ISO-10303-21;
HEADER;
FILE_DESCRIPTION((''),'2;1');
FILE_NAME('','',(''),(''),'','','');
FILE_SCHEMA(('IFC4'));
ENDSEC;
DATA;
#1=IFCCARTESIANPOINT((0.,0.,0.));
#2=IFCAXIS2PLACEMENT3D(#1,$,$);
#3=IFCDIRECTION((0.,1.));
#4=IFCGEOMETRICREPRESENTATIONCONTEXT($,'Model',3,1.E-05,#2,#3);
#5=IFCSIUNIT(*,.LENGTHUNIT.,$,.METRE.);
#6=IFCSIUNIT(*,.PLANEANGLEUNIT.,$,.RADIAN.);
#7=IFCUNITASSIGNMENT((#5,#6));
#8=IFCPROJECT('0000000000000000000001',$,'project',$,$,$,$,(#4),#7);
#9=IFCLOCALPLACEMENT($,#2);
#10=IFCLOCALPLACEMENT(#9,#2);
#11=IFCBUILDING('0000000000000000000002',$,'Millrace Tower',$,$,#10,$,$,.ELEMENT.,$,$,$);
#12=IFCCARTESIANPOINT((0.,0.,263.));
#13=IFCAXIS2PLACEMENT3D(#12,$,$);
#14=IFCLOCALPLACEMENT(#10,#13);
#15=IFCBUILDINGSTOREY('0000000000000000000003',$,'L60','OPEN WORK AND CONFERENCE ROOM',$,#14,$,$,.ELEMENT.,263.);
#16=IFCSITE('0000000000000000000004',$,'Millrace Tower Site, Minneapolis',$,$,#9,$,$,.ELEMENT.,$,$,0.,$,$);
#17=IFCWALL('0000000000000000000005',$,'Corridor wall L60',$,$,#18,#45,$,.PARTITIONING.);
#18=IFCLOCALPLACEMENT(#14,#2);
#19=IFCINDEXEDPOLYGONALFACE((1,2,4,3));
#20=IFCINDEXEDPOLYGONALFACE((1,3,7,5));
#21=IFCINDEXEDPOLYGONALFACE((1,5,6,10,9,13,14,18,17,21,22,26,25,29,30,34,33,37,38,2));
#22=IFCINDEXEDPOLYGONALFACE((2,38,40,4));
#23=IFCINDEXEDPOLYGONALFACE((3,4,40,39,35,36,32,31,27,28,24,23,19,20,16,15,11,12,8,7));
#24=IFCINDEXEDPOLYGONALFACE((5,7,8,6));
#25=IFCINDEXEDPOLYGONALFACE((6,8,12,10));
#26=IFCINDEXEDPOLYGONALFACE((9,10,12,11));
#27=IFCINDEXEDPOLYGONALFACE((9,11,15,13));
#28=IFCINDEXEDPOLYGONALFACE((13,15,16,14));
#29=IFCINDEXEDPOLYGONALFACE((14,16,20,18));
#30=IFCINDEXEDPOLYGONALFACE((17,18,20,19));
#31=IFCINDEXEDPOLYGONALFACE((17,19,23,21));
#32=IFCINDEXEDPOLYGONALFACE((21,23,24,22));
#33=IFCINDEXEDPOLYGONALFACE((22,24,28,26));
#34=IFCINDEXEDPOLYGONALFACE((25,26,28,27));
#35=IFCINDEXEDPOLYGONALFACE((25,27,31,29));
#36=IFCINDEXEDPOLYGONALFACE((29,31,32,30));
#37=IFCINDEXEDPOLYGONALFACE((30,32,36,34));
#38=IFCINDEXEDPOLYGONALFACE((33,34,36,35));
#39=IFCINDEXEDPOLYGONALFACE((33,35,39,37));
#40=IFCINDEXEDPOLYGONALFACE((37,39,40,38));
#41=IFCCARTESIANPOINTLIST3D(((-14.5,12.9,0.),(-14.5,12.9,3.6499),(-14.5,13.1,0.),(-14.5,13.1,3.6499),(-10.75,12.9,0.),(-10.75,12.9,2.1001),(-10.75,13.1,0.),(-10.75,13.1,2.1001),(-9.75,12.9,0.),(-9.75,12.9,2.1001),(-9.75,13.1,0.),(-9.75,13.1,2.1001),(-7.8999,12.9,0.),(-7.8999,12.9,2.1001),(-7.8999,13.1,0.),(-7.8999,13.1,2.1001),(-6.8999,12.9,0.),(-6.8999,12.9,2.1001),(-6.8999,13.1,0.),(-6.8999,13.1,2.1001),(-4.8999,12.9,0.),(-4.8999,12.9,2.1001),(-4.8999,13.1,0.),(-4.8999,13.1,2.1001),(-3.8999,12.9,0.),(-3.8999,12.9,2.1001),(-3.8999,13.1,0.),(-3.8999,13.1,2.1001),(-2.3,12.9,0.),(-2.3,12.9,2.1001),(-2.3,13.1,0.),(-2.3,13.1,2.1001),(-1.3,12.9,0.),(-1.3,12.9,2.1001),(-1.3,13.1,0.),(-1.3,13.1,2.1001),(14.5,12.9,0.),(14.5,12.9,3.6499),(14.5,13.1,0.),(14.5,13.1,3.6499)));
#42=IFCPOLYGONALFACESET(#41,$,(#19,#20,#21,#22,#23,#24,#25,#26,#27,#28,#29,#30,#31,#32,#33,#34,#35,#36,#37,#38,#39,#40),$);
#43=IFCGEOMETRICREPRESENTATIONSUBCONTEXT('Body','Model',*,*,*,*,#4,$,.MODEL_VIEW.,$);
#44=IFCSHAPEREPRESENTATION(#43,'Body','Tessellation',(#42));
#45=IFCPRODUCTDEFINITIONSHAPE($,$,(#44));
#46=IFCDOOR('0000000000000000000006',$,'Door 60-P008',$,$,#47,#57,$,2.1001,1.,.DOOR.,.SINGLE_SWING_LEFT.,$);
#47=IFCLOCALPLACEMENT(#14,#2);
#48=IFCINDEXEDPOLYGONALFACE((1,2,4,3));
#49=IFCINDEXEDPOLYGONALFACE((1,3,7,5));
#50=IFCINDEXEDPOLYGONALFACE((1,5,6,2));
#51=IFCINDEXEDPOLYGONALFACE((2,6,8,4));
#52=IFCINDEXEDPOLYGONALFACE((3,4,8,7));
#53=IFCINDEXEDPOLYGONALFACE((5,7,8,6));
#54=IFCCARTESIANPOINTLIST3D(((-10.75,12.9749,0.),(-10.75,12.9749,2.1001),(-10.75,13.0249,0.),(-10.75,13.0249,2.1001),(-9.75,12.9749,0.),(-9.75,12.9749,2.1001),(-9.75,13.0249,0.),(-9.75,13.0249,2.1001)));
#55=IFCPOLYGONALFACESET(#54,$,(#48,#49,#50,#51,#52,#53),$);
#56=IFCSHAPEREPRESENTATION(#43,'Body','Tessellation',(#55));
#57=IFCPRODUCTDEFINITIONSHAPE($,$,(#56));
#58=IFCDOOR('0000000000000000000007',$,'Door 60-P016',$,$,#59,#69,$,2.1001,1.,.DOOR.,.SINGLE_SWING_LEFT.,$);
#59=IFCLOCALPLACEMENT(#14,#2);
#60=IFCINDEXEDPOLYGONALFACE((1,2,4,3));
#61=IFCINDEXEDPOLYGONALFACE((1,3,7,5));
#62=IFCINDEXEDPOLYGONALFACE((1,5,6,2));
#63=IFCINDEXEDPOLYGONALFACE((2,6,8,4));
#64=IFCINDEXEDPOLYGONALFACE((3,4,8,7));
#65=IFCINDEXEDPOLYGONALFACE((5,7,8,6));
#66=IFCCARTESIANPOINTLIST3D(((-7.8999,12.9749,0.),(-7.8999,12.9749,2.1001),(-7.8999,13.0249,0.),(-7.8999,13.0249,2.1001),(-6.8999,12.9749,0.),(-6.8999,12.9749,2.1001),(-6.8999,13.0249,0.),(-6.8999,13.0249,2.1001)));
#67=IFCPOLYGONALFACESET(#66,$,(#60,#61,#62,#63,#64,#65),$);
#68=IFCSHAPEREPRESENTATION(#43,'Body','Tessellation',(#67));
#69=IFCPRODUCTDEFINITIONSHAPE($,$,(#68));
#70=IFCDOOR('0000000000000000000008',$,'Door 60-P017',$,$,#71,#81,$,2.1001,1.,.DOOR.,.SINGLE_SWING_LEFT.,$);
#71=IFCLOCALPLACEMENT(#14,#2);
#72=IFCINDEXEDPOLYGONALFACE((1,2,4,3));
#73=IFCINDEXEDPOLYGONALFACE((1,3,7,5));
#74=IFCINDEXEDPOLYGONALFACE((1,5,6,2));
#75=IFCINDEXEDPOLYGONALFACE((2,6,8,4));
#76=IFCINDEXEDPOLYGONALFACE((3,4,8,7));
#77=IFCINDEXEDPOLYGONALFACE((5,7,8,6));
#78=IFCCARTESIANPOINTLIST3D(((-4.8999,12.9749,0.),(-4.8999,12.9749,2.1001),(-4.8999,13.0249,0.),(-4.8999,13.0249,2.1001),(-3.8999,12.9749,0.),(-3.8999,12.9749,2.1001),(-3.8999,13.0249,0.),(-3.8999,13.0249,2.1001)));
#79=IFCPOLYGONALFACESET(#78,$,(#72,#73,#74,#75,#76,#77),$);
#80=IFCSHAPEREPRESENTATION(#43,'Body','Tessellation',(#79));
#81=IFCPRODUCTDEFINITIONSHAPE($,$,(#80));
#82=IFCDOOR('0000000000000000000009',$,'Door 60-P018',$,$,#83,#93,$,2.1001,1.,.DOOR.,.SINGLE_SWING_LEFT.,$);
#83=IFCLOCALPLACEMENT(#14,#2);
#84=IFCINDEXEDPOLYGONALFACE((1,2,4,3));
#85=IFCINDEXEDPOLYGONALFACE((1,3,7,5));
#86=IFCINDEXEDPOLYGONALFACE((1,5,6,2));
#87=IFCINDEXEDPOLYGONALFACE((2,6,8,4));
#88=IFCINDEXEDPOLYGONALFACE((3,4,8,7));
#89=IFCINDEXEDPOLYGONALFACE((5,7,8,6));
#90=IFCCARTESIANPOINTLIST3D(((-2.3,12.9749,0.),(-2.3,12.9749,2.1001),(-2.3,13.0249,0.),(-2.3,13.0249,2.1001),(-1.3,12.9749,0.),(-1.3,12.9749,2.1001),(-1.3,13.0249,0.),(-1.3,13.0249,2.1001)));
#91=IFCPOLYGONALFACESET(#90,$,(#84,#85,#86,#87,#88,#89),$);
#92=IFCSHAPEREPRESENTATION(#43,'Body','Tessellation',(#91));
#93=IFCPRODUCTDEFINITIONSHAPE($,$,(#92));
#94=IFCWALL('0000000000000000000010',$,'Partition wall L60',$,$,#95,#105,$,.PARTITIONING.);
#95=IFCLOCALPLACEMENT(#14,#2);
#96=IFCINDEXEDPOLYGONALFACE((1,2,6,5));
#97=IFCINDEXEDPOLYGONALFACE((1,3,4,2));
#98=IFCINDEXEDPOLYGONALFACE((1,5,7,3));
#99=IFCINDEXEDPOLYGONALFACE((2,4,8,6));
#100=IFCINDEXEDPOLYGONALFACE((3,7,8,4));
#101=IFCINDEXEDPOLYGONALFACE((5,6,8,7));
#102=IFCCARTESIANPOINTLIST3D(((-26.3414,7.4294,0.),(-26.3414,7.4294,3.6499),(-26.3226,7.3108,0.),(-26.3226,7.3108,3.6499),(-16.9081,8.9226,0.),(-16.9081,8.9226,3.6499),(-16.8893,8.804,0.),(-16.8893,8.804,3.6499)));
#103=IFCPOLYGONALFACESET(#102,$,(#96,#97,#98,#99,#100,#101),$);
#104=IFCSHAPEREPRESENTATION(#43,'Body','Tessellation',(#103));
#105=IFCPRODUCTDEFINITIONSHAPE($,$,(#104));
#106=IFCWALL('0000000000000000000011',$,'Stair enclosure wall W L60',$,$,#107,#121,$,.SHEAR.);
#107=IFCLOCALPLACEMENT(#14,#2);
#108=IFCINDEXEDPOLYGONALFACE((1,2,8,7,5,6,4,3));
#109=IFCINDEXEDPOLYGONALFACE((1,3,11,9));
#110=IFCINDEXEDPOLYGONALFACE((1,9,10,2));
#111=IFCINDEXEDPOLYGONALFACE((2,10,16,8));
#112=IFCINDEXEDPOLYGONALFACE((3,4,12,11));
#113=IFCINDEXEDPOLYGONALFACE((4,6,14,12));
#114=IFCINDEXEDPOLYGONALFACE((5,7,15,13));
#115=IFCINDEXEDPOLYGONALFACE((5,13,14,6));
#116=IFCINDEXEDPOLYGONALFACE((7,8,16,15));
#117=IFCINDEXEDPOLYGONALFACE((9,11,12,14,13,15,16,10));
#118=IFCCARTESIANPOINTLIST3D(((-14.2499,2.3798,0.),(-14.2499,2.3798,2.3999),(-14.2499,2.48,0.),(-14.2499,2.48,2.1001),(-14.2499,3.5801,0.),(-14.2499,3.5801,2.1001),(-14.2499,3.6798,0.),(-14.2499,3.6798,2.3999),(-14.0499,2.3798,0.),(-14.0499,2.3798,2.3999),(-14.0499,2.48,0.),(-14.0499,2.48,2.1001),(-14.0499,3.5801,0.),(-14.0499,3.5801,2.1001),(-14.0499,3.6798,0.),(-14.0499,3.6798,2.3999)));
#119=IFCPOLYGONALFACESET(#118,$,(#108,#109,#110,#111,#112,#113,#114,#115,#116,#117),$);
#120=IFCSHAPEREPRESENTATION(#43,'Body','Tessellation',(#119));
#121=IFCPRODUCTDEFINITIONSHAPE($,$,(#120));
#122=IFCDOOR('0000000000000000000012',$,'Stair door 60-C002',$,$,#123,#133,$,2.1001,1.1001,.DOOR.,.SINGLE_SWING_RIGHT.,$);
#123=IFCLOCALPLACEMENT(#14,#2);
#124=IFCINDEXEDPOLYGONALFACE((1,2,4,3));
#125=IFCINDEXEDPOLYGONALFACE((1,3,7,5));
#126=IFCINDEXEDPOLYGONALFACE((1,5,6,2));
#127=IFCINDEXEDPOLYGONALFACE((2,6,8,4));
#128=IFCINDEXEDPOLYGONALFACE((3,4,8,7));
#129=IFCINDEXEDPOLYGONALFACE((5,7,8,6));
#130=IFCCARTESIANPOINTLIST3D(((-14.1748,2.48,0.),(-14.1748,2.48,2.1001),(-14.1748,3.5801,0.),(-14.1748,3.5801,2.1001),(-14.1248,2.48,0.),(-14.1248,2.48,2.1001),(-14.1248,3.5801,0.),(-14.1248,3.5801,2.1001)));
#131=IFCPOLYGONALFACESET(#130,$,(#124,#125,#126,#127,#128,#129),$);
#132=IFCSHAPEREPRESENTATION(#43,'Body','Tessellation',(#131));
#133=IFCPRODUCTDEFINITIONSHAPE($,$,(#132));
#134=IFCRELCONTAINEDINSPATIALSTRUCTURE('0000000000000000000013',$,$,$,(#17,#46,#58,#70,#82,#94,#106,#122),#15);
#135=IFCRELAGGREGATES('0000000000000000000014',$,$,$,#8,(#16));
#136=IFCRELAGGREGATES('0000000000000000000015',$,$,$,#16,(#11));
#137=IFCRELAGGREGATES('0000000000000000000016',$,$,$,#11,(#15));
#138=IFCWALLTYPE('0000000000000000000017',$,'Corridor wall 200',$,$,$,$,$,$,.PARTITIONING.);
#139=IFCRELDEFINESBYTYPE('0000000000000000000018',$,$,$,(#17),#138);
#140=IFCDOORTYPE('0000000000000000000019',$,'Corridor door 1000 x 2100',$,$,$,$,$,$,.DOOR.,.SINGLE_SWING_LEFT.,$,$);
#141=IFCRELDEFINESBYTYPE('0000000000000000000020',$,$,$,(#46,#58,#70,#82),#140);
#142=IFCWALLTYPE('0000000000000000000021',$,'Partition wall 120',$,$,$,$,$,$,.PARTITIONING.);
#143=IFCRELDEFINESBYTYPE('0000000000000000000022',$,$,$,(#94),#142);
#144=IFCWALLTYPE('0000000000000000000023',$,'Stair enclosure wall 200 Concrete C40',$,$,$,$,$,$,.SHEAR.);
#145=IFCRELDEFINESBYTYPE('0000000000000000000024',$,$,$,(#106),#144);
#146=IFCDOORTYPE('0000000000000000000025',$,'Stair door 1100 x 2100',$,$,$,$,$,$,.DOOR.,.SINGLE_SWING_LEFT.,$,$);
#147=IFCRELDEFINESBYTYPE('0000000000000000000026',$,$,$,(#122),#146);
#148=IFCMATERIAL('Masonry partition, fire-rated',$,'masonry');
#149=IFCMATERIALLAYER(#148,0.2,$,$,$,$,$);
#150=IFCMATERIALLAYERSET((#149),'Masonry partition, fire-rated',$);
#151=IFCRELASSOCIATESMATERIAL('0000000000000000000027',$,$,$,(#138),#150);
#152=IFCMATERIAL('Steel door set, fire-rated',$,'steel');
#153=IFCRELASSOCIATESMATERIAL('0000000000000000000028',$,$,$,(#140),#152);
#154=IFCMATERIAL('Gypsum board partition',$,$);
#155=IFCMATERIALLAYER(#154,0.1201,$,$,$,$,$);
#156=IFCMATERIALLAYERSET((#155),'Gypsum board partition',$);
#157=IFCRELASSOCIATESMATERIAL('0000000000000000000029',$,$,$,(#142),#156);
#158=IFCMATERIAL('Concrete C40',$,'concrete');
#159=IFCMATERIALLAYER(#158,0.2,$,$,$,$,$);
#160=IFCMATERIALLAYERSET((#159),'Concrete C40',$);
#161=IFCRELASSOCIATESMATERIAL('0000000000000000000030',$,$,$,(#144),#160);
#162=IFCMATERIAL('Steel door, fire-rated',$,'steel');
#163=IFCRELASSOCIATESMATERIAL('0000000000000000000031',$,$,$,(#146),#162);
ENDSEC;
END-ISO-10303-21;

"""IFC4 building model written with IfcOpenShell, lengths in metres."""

from ifc_helpers import new_model, si_unit, direction, frame, frame_2d, origin, place, context, subcontext, project, spatial, rectangle, extrude, material, layer, layer_set, type_object, element, fill, save


model = new_model("IFC4")

# Units and contexts
model_context = context("Model", 3, precision=1e-05, world=origin(), true_north=direction((0.0, 1.0)))
body_context = subcontext(model_context, "Body", "Model", "MODEL_VIEW")
ifc_project = project(units=[si_unit("LENGTHUNIT", "METRE"), si_unit("PLANEANGLEUNIT", "RADIAN")], contexts=[model_context])

# Site, building, storey
site_placement = place(None, origin())
site = spatial("IfcSite", under=ifc_project, at=site_placement, Name="Millrace Tower Site, Minneapolis", CompositionType="ELEMENT", RefElevation=0.0)
building_placement = place(site_placement, origin())
building = spatial("IfcBuilding", under=site, at=building_placement, Name="Millrace Tower", CompositionType="ELEMENT")
storey_placement = place(building_placement, frame((0.0, 0.0, 263.0)))
storey = spatial("IfcBuildingStorey", under=building, at=storey_placement, Name="L60", Description="OPEN WORK AND CONFERENCE ROOM", CompositionType="ELEMENT", Elevation=263.0)

# Wall, openings, doors
ifc_material_1 = material(Name="Masonry partition, fire-rated", Category="masonry")
ifc_layer_1 = layer(ifc_material_1, 0.2)
ifc_layer_set_1 = layer_set([ifc_layer_1], Name="Masonry partition, fire-rated")
wall_type_1 = type_object("IfcWallType", Name="Corridor wall 200", PredefinedType="PARTITIONING", material=ifc_layer_set_1)
wall_1_placement = place(storey_placement, frame((-14.5, 13.0, 0.0), z_axis=(0.0, 0.0, 1.0), x_axis=(1.0, 0.0, 0.0)))
wall_1 = element("IfcWall", 1, at=wall_1_placement, inside=storey, type_object=wall_type_1, Name="Corridor wall L60", PredefinedType="PARTITIONING", context=body_context, shape_type="SweptSolid", body=[
    extrude(rectangle(XDim=29.0, YDim=0.2, at=frame_2d((14.5, 0.0))), origin(), (0.0, 0.0, 1.0), 3.6499),
])
opening_1_placement = place(wall_1_placement, frame((3.75, 0.0, 0.0)))
opening_1 = element("IfcOpeningElement", 2, at=opening_1_placement, cuts=wall_1, PredefinedType="OPENING", context=body_context, shape_type="SweptSolid", body=[
    extrude(rectangle(XDim=1.0, YDim=2.1001, at=frame_2d((0.5, 1.05))), frame((0.0, 0.1099, 0.0), z_axis=(0.0, -1.0, 0.0), x_axis=(1.0, 0.0, 0.0)), (0.0, 0.0, 1.0), 0.22),
])
opening_2_placement = place(wall_1_placement, frame((6.6001, 0.0, 0.0)))
opening_2 = element("IfcOpeningElement", 3, at=opening_2_placement, cuts=wall_1, PredefinedType="OPENING", context=body_context, shape_type="SweptSolid", body=[
    extrude(rectangle(XDim=1.0, YDim=2.1001, at=frame_2d((0.5, 1.05))), frame((0.0, 0.1099, 0.0), z_axis=(0.0, -1.0, 0.0), x_axis=(1.0, 0.0, 0.0)), (0.0, 0.0, 1.0), 0.22),
])
opening_3_placement = place(wall_1_placement, frame((9.6001, 0.0, 0.0)))
opening_3 = element("IfcOpeningElement", 4, at=opening_3_placement, cuts=wall_1, PredefinedType="OPENING", context=body_context, shape_type="SweptSolid", body=[
    extrude(rectangle(XDim=1.0, YDim=2.1001, at=frame_2d((0.5, 1.05))), frame((0.0, 0.1099, 0.0), z_axis=(0.0, -1.0, 0.0), x_axis=(1.0, 0.0, 0.0)), (0.0, 0.0, 1.0), 0.22),
])
opening_4_placement = place(wall_1_placement, frame((12.2, 0.0, 0.0)))
opening_4 = element("IfcOpeningElement", 5, at=opening_4_placement, cuts=wall_1, PredefinedType="OPENING", context=body_context, shape_type="SweptSolid", body=[
    extrude(rectangle(XDim=1.0, YDim=2.1001, at=frame_2d((0.5, 1.05))), frame((0.0, 0.1099, 0.0), z_axis=(0.0, -1.0, 0.0), x_axis=(1.0, 0.0, 0.0)), (0.0, 0.0, 1.0), 0.22),
])
ifc_material_2 = material(Name="Steel door set, fire-rated", Category="steel")
door_type_1 = type_object("IfcDoorType", Name="Corridor door 1000 x 2100", OperationType="SINGLE_SWING_LEFT", PredefinedType="DOOR", material=ifc_material_2)
door_1_placement = place(opening_1_placement, origin())
door_1 = element("IfcDoor", 6, at=door_1_placement, inside=storey, type_object=door_type_1, Name="Door 60-P008", OperationType="SINGLE_SWING_LEFT", OverallHeight=2.1001, OverallWidth=1.0, PredefinedType="DOOR", context=body_context, shape_type="SweptSolid", body=[
    extrude(rectangle(XDim=1.0, YDim=2.1001, at=frame_2d((0.5, 1.05))), frame((0.0, 0.0249, 0.0), z_axis=(0.0, -1.0, 0.0), x_axis=(1.0, 0.0, 0.0)), (0.0, 0.0, 1.0), 0.05),
])
fill(opening_1, door_1)
door_2_placement = place(opening_2_placement, origin())
door_2 = element("IfcDoor", 7, at=door_2_placement, inside=storey, type_object=door_type_1, Name="Door 60-P016", OperationType="SINGLE_SWING_LEFT", OverallHeight=2.1001, OverallWidth=1.0, PredefinedType="DOOR", context=body_context, shape_type="SweptSolid", body=[
    extrude(rectangle(XDim=1.0, YDim=2.1001, at=frame_2d((0.5, 1.05))), frame((0.0, 0.0249, 0.0), z_axis=(0.0, -1.0, 0.0), x_axis=(1.0, 0.0, 0.0)), (0.0, 0.0, 1.0), 0.05),
])
fill(opening_2, door_2)
door_3_placement = place(opening_3_placement, origin())
door_3 = element("IfcDoor", 8, at=door_3_placement, inside=storey, type_object=door_type_1, Name="Door 60-P017", OperationType="SINGLE_SWING_LEFT", OverallHeight=2.1001, OverallWidth=1.0, PredefinedType="DOOR", context=body_context, shape_type="SweptSolid", body=[
    extrude(rectangle(XDim=1.0, YDim=2.1001, at=frame_2d((0.5, 1.05))), frame((0.0, 0.0249, 0.0), z_axis=(0.0, -1.0, 0.0), x_axis=(1.0, 0.0, 0.0)), (0.0, 0.0, 1.0), 0.05),
])
fill(opening_3, door_3)
door_4_placement = place(opening_4_placement, origin())
door_4 = element("IfcDoor", 9, at=door_4_placement, inside=storey, type_object=door_type_1, Name="Door 60-P018", OperationType="SINGLE_SWING_LEFT", OverallHeight=2.1001, OverallWidth=1.0, PredefinedType="DOOR", context=body_context, shape_type="SweptSolid", body=[
    extrude(rectangle(XDim=1.0, YDim=2.1001, at=frame_2d((0.5, 1.05))), frame((0.0, 0.0249, 0.0), z_axis=(0.0, -1.0, 0.0), x_axis=(1.0, 0.0, 0.0)), (0.0, 0.0, 1.0), 0.05),
])
fill(opening_4, door_4)

# Wall
ifc_material_3 = material(Name="Gypsum board partition")
ifc_layer_2 = layer(ifc_material_3, 0.1201)
ifc_layer_set_2 = layer_set([ifc_layer_2], Name="Gypsum board partition")
wall_type_2 = type_object("IfcWallType", Name="Partition wall 120", PredefinedType="PARTITIONING", material=ifc_layer_set_2)
wall_2_placement = place(storey_placement, frame((-26.332, 7.3701, 0.0), z_axis=(0.0, 0.0, 1.0), x_axis=(0.987703, 0.156339, 0.0)))
element("IfcWall", 10, at=wall_2_placement, inside=storey, type_object=wall_type_2, Name="Partition wall L60", PredefinedType="PARTITIONING", context=body_context, shape_type="SweptSolid", body=[
    extrude(rectangle(XDim=9.5508, YDim=0.1201, at=frame_2d((4.7754, 0.0))), origin(), (0.0, 0.0, 1.0), 3.6499),
])

# Wall, opening, door
ifc_material_4 = material(Name="Concrete C40", Category="concrete")
ifc_layer_3 = layer(ifc_material_4, 0.2)
ifc_layer_set_3 = layer_set([ifc_layer_3], Name="Concrete C40")
wall_type_3 = type_object("IfcWallType", Name="Stair enclosure wall 200 Concrete C40", PredefinedType="SHEAR", material=ifc_layer_set_3)
wall_3_placement = place(storey_placement, frame((-14.1499, 2.3799, 0.0), z_axis=(0.0, 0.0, 1.0), x_axis=(0.0, 1.0, 0.0)))
wall_3 = element("IfcWall", 11, at=wall_3_placement, inside=storey, type_object=wall_type_3, Name="Stair enclosure wall W L60", PredefinedType="SHEAR", context=body_context, shape_type="SweptSolid", body=[
    extrude(rectangle(XDim=1.3, YDim=0.2, at=frame_2d((0.6499, 0.0))), origin(), (0.0, 0.0, 1.0), 2.3999),
])
opening_5_placement = place(wall_3_placement, frame((0.1001, 0.0, 0.0)))
opening_5 = element("IfcOpeningElement", 12, at=opening_5_placement, cuts=wall_3, PredefinedType="OPENING", context=body_context, shape_type="SweptSolid", body=[
    extrude(rectangle(XDim=1.1001, YDim=2.1001, at=frame_2d((0.55, 1.05))), frame((0.0, 0.1099, 0.0), z_axis=(0.0, -1.0, 0.0), x_axis=(1.0, 0.0, 0.0)), (0.0, 0.0, 1.0), 0.22),
])
ifc_material_5 = material(Name="Steel door, fire-rated", Category="steel")
door_type_2 = type_object("IfcDoorType", Name="Stair door 1100 x 2100", OperationType="SINGLE_SWING_LEFT", PredefinedType="DOOR", material=ifc_material_5)
door_5_placement = place(opening_5_placement, origin())
door_5 = element("IfcDoor", 13, at=door_5_placement, inside=storey, type_object=door_type_2, Name="Stair door 60-C002", OperationType="SINGLE_SWING_RIGHT", OverallHeight=2.1001, OverallWidth=1.1001, PredefinedType="DOOR", context=body_context, shape_type="SweptSolid", body=[
    extrude(rectangle(XDim=1.1001, YDim=2.1001, at=frame_2d((0.55, 1.05))), frame((0.0, 0.0249, 0.0), z_axis=(0.0, -1.0, 0.0), x_axis=(1.0, 0.0, 0.0)), (0.0, 0.0, 1.0), 0.05),
])
fill(opening_5, door_5)

save(model, "model.ifc")
